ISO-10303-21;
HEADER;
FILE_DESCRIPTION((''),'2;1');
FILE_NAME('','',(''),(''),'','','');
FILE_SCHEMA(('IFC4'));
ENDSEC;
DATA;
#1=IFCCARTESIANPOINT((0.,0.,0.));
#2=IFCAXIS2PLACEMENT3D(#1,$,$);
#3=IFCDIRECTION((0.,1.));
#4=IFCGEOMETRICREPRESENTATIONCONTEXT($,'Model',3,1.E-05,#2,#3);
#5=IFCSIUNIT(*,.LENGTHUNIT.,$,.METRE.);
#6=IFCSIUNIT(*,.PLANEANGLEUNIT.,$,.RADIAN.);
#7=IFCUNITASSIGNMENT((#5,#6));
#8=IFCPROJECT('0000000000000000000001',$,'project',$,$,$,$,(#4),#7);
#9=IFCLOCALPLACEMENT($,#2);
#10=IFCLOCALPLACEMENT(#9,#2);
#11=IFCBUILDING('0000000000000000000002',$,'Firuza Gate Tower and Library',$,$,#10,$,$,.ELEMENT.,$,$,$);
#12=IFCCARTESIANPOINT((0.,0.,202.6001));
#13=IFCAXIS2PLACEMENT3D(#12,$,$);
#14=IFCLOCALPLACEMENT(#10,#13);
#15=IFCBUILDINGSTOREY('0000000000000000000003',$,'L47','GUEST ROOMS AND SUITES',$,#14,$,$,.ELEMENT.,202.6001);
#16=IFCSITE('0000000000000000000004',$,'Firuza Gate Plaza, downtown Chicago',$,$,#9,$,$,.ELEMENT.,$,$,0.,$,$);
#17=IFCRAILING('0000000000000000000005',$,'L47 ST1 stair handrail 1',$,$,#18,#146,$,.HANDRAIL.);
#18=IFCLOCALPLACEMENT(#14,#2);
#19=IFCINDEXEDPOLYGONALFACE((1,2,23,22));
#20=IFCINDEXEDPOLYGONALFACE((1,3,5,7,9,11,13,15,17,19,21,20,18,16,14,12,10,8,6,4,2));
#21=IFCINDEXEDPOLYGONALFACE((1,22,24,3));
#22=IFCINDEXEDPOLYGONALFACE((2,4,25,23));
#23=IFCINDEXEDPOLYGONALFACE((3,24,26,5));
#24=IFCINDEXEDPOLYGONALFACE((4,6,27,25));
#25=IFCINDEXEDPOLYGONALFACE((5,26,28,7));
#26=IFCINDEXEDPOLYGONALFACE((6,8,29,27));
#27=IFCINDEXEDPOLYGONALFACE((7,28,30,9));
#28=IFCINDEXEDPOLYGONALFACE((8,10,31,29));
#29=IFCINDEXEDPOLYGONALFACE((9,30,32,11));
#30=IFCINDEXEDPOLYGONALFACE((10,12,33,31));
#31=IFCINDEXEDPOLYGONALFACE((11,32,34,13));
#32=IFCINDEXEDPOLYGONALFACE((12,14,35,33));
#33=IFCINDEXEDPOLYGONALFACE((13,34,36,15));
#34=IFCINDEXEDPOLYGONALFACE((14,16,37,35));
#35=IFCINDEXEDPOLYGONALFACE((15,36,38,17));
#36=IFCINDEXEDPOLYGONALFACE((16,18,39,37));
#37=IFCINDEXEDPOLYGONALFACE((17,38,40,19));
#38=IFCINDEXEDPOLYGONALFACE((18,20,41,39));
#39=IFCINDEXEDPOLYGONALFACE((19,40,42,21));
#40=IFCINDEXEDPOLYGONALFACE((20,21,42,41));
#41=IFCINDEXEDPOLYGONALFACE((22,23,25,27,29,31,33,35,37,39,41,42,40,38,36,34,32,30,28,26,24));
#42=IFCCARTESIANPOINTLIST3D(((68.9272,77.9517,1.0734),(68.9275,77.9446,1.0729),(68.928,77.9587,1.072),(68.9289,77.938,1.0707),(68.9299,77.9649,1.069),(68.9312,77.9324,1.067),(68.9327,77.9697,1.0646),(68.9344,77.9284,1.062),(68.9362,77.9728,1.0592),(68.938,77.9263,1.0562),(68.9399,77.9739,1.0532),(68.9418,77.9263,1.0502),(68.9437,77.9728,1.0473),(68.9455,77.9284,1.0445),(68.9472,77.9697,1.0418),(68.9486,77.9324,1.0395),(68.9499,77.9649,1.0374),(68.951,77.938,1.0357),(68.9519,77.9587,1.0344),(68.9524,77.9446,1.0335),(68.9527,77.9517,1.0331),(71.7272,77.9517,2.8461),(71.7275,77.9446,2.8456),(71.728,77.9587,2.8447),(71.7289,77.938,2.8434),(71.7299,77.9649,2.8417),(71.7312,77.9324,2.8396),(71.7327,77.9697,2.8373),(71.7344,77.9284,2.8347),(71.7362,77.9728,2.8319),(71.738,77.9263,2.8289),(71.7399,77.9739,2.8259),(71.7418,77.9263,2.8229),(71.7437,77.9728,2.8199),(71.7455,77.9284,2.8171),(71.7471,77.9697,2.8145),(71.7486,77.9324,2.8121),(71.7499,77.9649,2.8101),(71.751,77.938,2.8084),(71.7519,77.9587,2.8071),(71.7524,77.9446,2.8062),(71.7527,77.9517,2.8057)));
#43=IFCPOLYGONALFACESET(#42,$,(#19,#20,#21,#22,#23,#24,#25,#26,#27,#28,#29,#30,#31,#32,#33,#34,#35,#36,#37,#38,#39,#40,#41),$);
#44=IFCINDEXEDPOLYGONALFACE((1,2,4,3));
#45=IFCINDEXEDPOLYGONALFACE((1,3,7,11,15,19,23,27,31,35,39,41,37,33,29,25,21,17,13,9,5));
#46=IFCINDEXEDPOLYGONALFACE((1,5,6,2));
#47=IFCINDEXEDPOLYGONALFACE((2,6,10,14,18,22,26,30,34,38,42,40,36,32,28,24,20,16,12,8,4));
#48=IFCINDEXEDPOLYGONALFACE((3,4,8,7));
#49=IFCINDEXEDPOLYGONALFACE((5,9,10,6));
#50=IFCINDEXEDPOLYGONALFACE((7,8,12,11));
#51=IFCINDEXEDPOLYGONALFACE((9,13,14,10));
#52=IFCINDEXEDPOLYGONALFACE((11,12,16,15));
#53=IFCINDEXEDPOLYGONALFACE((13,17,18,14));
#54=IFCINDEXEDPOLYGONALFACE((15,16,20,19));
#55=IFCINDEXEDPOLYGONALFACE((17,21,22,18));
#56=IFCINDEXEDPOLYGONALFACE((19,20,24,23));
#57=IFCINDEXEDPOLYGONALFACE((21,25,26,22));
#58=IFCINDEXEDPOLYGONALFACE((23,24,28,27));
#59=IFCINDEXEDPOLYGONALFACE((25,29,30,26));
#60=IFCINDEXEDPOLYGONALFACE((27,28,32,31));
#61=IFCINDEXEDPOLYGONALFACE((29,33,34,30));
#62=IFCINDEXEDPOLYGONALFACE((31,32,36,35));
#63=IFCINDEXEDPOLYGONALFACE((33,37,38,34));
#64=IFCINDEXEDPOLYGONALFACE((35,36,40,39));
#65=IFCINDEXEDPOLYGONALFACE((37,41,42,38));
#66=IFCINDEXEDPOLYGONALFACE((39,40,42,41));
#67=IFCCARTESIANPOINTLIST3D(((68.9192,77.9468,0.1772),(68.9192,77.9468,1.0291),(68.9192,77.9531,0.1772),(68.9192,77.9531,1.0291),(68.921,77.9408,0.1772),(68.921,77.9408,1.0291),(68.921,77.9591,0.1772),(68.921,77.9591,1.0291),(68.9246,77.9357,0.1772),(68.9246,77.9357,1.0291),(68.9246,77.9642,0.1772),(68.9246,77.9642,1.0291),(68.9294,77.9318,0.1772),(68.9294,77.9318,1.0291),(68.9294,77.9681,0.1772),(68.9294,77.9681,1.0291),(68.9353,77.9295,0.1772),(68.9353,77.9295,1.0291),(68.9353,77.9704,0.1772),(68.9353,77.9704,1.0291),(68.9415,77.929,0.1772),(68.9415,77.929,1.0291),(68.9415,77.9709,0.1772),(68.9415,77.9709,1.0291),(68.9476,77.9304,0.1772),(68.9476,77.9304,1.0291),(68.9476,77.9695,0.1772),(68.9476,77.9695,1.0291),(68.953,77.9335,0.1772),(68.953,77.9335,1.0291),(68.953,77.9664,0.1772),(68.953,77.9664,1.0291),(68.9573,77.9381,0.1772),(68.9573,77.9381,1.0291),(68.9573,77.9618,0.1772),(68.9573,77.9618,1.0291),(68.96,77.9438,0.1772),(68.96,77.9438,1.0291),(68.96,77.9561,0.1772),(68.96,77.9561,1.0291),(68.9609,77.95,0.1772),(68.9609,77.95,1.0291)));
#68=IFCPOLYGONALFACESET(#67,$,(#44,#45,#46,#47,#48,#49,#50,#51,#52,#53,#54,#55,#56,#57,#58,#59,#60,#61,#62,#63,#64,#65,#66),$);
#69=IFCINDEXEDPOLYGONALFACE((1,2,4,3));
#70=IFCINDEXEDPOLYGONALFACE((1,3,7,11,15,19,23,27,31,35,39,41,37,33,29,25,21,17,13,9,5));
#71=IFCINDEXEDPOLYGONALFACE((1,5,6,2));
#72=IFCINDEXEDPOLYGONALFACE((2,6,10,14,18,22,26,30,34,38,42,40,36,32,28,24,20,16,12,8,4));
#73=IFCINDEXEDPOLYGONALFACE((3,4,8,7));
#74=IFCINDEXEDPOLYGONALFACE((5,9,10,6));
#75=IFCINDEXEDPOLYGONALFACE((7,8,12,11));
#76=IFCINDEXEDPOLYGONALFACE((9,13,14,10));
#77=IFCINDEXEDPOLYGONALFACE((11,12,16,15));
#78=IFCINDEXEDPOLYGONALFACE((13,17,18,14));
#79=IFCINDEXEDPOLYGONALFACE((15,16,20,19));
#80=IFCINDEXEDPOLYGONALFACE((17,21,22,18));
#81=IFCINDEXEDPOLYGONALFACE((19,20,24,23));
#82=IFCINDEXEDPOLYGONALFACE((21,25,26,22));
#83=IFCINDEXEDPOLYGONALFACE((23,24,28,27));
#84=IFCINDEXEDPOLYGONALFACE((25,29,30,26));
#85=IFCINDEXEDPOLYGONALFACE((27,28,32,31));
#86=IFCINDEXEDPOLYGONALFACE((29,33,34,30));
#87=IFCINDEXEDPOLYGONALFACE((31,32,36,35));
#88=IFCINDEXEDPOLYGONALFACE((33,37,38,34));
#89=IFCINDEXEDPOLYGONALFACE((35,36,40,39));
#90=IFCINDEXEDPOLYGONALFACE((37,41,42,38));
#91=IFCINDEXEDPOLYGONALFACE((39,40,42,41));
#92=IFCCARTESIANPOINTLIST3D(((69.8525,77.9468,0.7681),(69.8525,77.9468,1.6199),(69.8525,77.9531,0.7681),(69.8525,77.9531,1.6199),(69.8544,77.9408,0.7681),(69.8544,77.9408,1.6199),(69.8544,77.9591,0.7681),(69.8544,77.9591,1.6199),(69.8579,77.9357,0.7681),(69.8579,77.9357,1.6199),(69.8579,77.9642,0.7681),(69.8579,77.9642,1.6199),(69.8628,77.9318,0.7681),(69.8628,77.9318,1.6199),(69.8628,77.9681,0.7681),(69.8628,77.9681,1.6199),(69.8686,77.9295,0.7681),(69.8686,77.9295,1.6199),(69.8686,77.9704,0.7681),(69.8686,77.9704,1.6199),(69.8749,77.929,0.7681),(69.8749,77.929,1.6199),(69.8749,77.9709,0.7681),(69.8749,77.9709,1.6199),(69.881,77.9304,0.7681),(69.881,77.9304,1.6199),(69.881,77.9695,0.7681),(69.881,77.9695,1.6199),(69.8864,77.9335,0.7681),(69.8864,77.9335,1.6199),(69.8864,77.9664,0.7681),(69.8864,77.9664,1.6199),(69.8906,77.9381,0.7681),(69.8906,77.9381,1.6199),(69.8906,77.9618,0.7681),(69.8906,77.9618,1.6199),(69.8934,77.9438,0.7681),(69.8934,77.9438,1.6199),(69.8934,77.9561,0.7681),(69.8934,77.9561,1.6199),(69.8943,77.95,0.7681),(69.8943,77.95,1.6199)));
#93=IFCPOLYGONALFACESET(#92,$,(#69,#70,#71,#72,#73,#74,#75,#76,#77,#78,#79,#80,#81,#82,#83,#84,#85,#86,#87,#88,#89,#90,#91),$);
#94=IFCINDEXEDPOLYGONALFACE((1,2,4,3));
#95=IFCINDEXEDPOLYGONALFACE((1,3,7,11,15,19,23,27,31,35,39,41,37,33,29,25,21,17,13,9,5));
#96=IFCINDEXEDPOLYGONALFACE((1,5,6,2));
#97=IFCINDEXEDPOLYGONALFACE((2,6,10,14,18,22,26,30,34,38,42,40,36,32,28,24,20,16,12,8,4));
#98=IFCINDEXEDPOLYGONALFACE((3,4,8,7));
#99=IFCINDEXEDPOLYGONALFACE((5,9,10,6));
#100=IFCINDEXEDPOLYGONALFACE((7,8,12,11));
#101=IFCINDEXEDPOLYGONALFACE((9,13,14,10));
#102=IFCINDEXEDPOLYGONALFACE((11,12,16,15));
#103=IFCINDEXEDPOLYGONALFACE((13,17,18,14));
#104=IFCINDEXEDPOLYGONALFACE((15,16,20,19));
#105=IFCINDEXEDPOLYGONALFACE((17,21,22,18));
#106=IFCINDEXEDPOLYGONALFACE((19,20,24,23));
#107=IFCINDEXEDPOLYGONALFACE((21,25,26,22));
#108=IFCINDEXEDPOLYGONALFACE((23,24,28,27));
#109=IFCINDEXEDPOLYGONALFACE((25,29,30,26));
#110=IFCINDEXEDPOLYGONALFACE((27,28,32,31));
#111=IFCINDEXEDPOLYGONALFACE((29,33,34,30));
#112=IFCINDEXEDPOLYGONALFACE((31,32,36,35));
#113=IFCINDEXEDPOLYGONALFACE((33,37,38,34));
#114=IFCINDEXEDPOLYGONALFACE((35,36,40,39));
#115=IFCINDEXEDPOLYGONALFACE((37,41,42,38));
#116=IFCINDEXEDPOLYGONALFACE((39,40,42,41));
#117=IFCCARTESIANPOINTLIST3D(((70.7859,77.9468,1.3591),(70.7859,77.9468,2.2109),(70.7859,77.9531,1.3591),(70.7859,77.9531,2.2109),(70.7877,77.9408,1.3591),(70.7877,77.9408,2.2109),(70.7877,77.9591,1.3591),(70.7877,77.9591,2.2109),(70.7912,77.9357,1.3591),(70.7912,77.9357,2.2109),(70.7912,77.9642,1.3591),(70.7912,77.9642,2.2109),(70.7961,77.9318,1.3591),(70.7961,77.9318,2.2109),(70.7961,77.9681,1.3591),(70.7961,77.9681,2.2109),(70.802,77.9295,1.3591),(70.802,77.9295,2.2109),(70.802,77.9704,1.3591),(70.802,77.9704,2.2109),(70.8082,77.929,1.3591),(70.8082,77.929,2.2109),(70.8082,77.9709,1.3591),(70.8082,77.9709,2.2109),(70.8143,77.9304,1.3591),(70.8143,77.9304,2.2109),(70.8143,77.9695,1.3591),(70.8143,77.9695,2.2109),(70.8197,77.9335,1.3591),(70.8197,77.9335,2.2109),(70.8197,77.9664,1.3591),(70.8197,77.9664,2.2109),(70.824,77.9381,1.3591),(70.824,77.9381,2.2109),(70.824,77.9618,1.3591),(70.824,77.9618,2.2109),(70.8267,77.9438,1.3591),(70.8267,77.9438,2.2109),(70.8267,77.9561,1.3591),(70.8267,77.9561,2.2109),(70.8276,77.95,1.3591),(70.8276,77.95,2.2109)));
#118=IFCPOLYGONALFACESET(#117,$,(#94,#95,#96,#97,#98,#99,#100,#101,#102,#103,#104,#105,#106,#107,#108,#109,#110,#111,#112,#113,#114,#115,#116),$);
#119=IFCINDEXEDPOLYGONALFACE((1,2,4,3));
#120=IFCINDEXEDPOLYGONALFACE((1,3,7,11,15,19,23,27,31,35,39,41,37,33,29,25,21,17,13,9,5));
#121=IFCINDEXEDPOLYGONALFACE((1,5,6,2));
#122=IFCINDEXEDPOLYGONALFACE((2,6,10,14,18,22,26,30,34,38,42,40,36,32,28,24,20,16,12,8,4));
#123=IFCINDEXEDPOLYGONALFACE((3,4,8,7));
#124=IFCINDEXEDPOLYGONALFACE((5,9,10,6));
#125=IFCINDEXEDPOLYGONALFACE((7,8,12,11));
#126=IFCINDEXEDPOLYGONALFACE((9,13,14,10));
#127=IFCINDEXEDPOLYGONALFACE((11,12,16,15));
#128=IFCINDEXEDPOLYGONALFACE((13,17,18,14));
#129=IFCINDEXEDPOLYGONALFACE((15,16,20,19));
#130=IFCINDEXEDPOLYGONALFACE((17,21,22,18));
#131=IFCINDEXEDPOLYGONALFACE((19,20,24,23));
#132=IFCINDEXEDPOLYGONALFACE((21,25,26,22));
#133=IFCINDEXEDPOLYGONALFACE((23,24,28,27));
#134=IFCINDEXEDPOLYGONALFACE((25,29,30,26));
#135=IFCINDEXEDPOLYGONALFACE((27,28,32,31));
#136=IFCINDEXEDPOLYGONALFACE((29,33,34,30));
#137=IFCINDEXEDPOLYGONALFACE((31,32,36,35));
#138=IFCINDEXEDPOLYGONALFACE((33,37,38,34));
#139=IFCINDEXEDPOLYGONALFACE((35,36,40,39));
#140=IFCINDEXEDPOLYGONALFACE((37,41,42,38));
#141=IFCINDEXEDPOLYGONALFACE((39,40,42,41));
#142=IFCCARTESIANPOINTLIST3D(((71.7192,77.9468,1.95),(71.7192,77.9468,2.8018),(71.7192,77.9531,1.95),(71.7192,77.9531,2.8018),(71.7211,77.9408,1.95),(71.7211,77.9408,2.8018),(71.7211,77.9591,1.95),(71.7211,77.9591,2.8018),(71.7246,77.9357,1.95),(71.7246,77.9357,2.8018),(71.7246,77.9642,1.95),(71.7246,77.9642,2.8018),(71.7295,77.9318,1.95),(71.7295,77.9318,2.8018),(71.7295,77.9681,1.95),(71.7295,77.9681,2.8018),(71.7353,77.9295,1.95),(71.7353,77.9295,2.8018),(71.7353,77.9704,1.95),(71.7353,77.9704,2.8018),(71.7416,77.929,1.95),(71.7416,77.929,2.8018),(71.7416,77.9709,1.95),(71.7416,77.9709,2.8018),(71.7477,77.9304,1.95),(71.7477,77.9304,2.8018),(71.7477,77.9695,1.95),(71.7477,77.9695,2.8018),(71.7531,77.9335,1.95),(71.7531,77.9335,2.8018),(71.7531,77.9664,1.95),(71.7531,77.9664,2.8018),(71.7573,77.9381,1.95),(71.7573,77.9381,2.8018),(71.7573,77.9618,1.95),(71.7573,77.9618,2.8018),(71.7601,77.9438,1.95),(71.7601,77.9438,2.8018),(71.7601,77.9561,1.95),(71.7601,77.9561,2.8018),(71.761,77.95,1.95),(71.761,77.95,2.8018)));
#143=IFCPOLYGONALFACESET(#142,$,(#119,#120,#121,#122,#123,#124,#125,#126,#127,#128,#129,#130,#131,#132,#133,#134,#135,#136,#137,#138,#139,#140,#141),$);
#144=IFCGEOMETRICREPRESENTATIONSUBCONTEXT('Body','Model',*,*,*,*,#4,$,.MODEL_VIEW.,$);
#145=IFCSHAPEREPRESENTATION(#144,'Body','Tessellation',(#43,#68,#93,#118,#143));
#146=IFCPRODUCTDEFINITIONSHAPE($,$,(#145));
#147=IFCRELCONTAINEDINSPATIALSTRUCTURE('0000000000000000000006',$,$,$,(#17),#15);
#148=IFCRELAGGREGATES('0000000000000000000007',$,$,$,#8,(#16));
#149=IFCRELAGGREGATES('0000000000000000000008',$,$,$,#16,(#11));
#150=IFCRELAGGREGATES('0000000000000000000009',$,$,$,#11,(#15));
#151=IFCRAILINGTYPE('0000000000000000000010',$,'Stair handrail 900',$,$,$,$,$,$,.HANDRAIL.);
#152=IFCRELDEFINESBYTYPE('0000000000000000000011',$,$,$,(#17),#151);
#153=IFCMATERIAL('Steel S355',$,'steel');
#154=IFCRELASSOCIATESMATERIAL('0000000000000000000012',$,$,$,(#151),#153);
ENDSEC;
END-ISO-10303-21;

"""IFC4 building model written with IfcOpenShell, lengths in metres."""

from ifc_helpers import new_model, si_unit, direction, frame, origin, origin_2d, place, context, subcontext, project, spatial, circle, extrude, material, type_object, element, save


model = new_model("IFC4")

# Units and contexts
model_context = context("Model", 3, precision=1e-05, world=origin(), true_north=direction((0.0, 1.0)))
body_context = subcontext(model_context, "Body", "Model", "MODEL_VIEW")
ifc_project = project(units=[si_unit("LENGTHUNIT", "METRE"), si_unit("PLANEANGLEUNIT", "RADIAN")], contexts=[model_context])

# Site, building, storey
site_placement = place(None, origin())
site = spatial("IfcSite", under=ifc_project, at=site_placement, Name="Firuza Gate Plaza, downtown Chicago", CompositionType="ELEMENT", RefElevation=0.0)
building_placement = place(site_placement, origin())
building = spatial("IfcBuilding", under=site, at=building_placement, Name="Firuza Gate Tower and Library", CompositionType="ELEMENT")
storey_placement = place(building_placement, frame((0.0, 0.0, 202.6001)))
storey = spatial("IfcBuildingStorey", under=building, at=storey_placement, Name="L47", Description="GUEST ROOMS AND SUITES", CompositionType="ELEMENT", Elevation=202.6001)

# Railing
ifc_material_1 = material(Name="Steel S355", Category="steel")
railing_type_1 = type_object("IfcRailingType", Name="Stair handrail 900", PredefinedType="HANDRAIL", material=ifc_material_1)
railing_1_placement = place(storey_placement, frame((68.9399, 77.95, 0.1772)))
element("IfcRailing", 1, at=railing_1_placement, inside=storey, type_object=railing_type_1, Name="L47 ST1 stair handrail 1", PredefinedType="HANDRAIL", context=body_context, shape_type="SweptSolid", body=[
    extrude(circle(Radius=0.0239, at=origin_2d()), frame((0.0, 0.0, 0.876), z_axis=(0.844909, 0.0, 0.53491), x_axis=(0.0, 1.0, 0.0)), (0.0, 0.0, 1.0), 3.314),
    extrude(circle(Radius=0.021, at=origin_2d()), origin(), (0.0, 0.0, 1.0), 0.8518),
    extrude(circle(Radius=0.021, at=origin_2d()), frame((0.9333, 0.0, 0.5908)), (0.0, 0.0, 1.0), 0.8518),
    extrude(circle(Radius=0.021, at=origin_2d()), frame((1.8667, 0.0, 1.1819)), (0.0, 0.0, 1.0), 0.8518),
    extrude(circle(Radius=0.021, at=origin_2d()), frame((2.8, 0.0, 1.7727)), (0.0, 0.0, 1.0), 0.8518),
])

save(model, "model.ifc")
